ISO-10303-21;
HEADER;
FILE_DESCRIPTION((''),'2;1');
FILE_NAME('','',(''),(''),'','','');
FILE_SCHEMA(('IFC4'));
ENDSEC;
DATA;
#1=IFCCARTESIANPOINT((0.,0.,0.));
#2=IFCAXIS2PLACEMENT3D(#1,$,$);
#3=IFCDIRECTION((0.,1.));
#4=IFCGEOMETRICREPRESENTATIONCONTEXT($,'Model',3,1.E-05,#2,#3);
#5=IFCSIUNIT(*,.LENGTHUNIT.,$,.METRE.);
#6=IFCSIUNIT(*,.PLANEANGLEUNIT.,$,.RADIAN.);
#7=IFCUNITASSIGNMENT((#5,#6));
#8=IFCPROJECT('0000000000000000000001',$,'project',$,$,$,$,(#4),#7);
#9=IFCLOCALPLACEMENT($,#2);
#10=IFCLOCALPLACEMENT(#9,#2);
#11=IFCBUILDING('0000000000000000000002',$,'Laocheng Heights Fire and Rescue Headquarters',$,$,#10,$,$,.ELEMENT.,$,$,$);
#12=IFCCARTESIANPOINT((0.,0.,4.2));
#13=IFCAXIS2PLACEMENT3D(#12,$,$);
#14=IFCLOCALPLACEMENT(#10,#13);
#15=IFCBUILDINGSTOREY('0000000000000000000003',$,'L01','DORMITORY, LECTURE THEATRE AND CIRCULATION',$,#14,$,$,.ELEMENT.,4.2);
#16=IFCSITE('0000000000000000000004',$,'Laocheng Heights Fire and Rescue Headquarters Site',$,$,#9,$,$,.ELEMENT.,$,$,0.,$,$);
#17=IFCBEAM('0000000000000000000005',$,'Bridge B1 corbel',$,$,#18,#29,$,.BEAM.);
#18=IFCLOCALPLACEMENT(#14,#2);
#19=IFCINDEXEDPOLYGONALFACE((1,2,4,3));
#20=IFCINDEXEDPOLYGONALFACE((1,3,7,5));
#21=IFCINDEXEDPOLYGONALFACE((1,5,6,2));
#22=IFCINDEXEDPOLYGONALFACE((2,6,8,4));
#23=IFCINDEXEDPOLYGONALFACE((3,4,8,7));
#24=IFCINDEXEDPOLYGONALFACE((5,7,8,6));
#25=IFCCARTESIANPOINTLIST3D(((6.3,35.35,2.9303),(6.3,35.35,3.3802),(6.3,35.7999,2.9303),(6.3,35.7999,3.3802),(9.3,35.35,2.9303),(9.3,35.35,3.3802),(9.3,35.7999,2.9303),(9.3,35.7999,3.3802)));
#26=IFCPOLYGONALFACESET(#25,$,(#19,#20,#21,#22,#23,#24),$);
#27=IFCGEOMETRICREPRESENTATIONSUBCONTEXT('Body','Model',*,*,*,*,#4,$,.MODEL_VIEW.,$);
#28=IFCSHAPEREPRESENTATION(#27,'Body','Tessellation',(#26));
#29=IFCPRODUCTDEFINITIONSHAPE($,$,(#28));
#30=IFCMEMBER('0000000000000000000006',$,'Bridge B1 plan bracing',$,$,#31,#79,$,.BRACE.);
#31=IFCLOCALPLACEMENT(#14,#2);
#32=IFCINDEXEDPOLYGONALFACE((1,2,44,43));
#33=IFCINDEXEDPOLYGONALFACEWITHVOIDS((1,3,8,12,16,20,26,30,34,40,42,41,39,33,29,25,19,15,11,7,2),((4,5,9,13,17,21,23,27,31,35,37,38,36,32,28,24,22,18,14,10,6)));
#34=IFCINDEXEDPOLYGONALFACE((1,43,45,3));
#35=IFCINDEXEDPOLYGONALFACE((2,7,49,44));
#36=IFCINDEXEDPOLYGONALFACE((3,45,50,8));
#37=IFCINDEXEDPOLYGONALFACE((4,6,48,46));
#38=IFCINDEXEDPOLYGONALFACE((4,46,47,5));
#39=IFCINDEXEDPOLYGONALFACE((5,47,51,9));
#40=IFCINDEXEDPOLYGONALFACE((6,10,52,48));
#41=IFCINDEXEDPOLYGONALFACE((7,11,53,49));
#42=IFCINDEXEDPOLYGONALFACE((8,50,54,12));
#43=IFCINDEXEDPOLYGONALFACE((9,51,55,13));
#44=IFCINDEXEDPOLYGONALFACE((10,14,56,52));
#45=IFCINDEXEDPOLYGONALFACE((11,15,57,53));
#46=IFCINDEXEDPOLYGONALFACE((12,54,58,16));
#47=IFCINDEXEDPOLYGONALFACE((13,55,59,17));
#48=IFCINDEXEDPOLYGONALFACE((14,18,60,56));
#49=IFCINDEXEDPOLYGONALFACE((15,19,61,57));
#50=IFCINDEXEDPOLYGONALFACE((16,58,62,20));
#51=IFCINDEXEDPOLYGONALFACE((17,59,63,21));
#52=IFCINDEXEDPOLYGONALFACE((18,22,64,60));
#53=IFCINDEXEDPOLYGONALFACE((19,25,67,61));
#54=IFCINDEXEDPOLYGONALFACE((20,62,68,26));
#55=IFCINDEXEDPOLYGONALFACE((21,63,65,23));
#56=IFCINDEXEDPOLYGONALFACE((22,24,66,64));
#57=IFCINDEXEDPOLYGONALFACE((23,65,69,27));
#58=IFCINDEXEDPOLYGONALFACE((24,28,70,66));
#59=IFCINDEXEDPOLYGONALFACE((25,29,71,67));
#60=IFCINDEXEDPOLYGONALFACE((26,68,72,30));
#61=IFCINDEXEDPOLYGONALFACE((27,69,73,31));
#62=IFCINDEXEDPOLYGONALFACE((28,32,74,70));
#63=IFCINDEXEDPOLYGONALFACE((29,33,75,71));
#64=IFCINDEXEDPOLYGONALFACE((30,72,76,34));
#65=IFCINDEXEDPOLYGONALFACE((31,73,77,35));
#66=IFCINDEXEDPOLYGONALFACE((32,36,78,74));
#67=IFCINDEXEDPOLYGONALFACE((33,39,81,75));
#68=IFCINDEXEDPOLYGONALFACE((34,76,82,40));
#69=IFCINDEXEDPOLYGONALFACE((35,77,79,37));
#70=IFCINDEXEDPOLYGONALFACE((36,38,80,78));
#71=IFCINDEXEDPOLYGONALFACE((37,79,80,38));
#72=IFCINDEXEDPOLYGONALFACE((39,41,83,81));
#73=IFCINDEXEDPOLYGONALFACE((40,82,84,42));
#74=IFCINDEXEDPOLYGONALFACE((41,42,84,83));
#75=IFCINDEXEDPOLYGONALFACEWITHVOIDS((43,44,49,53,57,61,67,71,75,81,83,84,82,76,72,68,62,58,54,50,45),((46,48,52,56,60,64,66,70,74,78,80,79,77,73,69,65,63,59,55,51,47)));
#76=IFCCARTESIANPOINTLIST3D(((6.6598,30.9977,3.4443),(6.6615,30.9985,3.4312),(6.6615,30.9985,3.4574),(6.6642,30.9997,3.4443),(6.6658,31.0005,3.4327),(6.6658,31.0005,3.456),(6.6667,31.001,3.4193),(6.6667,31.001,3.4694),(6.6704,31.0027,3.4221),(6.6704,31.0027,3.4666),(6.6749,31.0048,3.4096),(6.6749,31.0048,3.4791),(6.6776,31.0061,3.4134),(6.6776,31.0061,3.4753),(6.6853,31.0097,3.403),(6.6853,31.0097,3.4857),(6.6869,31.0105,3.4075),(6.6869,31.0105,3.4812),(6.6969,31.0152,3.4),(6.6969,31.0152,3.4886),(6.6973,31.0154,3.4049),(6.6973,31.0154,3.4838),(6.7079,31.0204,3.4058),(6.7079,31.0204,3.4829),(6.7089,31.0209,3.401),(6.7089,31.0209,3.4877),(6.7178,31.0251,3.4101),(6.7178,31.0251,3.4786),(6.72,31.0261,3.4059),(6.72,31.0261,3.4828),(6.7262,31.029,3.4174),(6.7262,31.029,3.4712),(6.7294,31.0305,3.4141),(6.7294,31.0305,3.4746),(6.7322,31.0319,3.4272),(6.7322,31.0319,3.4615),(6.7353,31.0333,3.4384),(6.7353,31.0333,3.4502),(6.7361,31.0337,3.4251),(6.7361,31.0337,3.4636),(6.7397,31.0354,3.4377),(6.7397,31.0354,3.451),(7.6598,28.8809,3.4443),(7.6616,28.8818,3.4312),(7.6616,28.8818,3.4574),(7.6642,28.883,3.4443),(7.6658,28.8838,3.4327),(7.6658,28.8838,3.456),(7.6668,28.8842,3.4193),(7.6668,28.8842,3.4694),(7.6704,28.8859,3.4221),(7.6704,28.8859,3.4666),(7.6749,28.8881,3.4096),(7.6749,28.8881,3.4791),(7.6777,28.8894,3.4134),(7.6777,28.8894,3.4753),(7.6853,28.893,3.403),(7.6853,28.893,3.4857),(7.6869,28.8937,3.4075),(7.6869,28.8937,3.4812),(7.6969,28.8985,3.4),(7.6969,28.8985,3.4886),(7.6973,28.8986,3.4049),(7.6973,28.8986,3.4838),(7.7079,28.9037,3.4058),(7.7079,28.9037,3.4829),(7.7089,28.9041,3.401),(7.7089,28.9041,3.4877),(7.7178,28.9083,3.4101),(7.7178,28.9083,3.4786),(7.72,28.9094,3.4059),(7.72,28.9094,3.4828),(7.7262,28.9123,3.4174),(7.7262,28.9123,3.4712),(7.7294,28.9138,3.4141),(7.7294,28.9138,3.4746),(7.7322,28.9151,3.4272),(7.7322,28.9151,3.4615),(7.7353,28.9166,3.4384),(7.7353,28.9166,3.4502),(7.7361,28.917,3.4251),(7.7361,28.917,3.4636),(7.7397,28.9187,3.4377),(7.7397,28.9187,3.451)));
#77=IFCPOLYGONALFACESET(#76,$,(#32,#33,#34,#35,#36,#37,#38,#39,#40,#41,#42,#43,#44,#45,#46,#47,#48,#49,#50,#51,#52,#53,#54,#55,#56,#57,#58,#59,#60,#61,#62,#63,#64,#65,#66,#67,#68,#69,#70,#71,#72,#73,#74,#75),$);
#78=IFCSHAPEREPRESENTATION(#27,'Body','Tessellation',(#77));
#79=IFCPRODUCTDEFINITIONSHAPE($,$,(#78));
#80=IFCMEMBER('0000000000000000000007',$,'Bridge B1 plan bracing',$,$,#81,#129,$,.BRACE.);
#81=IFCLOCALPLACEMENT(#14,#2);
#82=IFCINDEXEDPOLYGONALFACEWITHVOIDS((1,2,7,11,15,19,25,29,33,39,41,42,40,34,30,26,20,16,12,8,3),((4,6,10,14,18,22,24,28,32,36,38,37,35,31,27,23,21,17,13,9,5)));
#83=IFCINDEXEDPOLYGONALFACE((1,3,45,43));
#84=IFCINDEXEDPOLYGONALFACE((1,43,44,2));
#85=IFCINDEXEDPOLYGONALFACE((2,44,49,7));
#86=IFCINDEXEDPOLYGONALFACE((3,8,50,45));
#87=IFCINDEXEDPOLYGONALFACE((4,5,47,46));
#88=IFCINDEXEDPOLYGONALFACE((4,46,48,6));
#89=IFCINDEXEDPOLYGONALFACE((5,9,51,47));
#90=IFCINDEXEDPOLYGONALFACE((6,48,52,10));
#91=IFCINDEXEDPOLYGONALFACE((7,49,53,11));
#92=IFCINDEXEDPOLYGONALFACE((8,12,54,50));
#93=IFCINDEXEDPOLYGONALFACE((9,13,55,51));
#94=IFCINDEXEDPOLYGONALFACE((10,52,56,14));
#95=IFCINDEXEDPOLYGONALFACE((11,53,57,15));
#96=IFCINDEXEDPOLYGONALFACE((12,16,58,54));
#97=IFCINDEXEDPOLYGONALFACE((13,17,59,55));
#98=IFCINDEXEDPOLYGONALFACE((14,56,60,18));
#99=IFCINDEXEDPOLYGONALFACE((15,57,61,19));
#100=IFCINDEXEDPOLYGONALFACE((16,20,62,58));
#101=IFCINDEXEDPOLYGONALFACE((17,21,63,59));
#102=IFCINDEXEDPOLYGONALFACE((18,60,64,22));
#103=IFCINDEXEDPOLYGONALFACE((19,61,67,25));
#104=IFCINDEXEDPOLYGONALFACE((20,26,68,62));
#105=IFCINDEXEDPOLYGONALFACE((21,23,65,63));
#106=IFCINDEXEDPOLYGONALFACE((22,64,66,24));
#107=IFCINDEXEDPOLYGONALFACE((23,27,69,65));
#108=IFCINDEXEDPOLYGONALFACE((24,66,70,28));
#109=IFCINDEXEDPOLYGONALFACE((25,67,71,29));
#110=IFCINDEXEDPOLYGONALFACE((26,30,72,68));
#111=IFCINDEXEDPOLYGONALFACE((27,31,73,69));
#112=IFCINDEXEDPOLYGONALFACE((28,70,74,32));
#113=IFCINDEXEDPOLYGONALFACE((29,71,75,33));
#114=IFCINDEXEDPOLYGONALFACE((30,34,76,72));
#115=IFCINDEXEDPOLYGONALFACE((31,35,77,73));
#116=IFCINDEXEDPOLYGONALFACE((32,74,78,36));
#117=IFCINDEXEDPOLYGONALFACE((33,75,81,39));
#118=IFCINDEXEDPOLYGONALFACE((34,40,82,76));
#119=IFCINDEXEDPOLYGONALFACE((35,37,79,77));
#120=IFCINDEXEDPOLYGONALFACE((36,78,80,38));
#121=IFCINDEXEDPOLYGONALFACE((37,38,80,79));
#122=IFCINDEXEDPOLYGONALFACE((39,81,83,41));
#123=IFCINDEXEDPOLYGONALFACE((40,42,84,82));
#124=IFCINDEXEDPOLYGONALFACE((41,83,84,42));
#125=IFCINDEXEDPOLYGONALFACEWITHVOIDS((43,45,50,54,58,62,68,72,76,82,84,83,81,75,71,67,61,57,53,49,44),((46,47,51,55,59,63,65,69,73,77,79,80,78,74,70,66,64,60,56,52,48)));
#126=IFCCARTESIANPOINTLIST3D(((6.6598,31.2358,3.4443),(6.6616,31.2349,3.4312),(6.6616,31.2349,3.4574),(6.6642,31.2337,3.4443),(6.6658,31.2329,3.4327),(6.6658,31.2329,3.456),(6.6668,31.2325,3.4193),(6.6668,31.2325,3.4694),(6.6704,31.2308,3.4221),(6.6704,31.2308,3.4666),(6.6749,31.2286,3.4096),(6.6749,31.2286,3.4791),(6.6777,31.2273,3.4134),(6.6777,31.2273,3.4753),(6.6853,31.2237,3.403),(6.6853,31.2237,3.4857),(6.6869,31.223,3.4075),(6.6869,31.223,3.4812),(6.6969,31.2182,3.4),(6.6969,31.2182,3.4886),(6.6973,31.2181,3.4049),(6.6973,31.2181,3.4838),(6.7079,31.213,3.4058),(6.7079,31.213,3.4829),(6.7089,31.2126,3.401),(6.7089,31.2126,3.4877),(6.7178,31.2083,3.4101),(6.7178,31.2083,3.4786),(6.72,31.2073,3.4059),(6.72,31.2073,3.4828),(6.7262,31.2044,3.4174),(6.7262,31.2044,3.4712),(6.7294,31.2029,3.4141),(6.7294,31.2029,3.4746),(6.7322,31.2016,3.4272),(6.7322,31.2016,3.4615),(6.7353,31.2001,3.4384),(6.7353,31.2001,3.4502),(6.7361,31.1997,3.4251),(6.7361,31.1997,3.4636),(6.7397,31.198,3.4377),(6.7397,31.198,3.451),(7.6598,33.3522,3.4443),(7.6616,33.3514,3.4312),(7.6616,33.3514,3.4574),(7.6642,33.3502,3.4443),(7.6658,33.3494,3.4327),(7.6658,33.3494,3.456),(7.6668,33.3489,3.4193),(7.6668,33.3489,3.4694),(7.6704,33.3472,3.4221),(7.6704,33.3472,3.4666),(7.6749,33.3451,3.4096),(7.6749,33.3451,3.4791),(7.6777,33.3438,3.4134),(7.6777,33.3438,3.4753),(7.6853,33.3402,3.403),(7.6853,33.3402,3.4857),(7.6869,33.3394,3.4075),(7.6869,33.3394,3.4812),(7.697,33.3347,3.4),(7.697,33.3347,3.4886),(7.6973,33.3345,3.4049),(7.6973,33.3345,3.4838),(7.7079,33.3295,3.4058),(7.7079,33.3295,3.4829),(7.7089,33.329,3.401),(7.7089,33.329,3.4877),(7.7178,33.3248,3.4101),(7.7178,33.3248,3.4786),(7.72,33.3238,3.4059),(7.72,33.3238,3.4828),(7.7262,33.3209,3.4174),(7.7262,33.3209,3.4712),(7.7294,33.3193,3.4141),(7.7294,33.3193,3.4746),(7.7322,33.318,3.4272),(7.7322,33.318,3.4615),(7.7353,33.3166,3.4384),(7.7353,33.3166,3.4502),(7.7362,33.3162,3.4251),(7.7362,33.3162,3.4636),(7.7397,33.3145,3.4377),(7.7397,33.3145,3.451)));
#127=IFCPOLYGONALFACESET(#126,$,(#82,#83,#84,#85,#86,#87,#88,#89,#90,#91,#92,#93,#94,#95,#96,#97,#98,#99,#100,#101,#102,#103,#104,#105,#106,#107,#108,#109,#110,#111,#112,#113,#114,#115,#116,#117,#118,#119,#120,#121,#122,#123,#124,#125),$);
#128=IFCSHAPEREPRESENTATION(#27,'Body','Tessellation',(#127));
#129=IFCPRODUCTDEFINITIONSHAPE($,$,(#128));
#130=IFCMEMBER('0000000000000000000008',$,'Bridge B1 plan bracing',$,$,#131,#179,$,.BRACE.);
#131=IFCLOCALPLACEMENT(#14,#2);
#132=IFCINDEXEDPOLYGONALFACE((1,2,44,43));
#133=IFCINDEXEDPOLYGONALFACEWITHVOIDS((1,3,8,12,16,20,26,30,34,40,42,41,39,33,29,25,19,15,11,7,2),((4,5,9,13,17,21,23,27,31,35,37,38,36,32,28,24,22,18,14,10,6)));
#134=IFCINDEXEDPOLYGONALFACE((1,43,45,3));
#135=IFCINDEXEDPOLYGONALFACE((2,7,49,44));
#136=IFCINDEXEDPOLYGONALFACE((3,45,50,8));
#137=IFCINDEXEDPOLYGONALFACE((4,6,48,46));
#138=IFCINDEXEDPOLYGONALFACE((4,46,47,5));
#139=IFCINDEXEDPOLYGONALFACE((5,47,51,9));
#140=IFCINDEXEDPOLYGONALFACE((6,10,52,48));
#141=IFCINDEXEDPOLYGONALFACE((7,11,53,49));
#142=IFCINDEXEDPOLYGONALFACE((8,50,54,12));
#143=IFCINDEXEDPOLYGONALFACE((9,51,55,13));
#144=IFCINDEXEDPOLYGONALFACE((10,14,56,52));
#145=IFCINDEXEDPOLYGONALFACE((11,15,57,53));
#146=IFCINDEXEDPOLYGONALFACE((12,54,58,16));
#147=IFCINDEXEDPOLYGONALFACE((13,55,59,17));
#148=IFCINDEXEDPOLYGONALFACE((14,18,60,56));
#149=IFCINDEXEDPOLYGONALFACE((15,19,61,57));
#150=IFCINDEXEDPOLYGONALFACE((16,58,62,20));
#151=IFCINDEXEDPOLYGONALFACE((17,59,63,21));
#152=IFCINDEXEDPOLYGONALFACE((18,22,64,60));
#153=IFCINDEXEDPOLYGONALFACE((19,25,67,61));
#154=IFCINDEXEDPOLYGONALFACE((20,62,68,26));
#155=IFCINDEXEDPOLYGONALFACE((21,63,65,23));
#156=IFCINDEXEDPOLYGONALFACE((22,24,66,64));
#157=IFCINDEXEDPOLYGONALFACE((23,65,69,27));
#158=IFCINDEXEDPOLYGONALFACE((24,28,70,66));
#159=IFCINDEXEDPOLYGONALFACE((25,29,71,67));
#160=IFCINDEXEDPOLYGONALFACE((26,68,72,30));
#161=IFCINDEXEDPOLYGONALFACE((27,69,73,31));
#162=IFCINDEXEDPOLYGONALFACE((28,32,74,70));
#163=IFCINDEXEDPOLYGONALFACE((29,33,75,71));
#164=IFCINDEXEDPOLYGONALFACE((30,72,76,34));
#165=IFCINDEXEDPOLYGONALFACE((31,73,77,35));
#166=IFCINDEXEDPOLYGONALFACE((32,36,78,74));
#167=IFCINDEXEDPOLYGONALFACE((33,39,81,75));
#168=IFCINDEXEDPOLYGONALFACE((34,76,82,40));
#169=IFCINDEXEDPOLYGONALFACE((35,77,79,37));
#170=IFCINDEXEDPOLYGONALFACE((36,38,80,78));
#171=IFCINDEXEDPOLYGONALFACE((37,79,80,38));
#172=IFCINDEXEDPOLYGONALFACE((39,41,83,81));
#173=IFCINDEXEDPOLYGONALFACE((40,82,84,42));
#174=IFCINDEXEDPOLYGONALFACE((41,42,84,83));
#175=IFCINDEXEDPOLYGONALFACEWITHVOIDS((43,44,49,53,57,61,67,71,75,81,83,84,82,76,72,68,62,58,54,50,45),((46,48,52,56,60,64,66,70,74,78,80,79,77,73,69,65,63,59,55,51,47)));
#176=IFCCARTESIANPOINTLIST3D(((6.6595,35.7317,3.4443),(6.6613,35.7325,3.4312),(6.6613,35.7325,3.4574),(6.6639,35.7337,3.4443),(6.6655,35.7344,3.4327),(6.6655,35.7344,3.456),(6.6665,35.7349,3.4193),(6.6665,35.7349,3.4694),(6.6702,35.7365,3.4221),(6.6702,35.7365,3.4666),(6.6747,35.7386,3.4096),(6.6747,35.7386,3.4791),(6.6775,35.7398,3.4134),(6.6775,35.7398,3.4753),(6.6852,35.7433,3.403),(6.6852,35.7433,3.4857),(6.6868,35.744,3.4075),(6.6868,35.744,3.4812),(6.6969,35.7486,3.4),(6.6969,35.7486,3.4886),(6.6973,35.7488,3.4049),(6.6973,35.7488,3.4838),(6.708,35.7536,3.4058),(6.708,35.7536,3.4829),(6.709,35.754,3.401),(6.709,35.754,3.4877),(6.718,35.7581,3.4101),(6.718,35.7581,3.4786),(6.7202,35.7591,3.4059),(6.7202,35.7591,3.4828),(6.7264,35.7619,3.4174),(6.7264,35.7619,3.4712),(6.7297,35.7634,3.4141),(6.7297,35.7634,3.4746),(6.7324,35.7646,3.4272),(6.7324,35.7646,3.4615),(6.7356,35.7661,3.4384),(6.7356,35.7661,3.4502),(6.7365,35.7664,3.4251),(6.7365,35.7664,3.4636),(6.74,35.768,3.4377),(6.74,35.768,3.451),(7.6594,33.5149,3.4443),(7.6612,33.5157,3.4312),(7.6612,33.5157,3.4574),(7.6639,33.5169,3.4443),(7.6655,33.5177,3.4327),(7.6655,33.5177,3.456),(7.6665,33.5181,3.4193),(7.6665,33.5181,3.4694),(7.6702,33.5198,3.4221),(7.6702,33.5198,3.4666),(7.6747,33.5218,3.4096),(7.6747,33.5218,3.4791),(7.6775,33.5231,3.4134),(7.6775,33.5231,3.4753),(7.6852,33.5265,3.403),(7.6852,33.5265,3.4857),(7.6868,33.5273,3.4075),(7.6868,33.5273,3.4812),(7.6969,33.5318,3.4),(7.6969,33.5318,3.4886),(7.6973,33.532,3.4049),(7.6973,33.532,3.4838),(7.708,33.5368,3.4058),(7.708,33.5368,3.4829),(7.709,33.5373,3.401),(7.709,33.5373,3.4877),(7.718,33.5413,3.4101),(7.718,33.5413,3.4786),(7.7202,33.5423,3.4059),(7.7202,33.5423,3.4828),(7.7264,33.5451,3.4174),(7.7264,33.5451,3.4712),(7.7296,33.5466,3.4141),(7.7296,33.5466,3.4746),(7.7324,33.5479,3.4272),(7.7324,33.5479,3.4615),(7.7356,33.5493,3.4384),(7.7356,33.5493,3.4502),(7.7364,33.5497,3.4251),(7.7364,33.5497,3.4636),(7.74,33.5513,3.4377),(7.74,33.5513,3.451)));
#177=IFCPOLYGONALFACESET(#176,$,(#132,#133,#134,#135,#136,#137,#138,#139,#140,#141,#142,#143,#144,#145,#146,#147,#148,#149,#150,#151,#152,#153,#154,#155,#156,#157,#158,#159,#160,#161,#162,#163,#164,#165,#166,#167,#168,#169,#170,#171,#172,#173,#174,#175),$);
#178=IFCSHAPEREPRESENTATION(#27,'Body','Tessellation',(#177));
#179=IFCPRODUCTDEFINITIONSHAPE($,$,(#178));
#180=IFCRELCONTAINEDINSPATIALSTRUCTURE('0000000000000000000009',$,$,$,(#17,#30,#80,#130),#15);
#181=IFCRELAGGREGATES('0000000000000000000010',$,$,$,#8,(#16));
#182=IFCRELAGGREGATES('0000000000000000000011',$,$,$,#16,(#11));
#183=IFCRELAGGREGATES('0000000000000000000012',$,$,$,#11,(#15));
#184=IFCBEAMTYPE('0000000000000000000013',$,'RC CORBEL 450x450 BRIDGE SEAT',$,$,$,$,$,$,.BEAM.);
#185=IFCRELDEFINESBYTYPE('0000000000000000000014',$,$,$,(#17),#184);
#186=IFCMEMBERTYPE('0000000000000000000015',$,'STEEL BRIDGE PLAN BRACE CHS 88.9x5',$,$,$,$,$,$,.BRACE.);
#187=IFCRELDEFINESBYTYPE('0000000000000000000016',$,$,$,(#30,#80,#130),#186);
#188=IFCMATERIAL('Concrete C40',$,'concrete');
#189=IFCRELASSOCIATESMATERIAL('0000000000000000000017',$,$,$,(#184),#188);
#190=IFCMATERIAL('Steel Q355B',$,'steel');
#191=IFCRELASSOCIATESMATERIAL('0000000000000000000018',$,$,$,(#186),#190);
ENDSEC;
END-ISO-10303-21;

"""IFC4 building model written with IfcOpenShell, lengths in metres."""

from ifc_helpers import new_model, si_unit, direction, frame, origin, origin_2d, place, context, subcontext, project, spatial, rectangle, hollow_circle, extrude, material, material_profile, profile_set, type_object, element, save


model = new_model("IFC4")

# Units and contexts
model_context = context("Model", 3, precision=1e-05, world=origin(), true_north=direction((0.0, 1.0)))
body_context = subcontext(model_context, "Body", "Model", "MODEL_VIEW")
ifc_project = project(units=[si_unit("LENGTHUNIT", "METRE"), si_unit("PLANEANGLEUNIT", "RADIAN")], contexts=[model_context])

# Site, building, storey
site_placement = place(None, origin())
site = spatial("IfcSite", under=ifc_project, at=site_placement, Name="Laocheng Heights Fire and Rescue Headquarters Site", CompositionType="ELEMENT", RefElevation=0.0)
building_placement = place(site_placement, origin())
building = spatial("IfcBuilding", under=site, at=building_placement, Name="Laocheng Heights Fire and Rescue Headquarters", CompositionType="ELEMENT")
storey_placement = place(building_placement, frame((0.0, 0.0, 4.2)))
storey = spatial("IfcBuildingStorey", under=building, at=storey_placement, Name="L01", Description="DORMITORY, LECTURE THEATRE AND CIRCULATION", CompositionType="ELEMENT", Elevation=4.2)

# Beam
ifc_material_1 = material(Name="Concrete C40", Category="concrete")
ifc_material_profile_1 = material_profile(ifc_material_1, rectangle(XDim=0.45, YDim=0.45, at=origin_2d()), Name="RC CORBEL 450x450 BRIDGE SEAT")
ifc_profile_set_1 = profile_set([ifc_material_profile_1], Name="Concrete C40")
beam_type_1 = type_object("IfcBeamType", Name="RC CORBEL 450x450 BRIDGE SEAT", PredefinedType="BEAM", material=ifc_profile_set_1)
beam_placement = place(storey_placement, frame((6.3, 35.575, 3.1553), z_axis=(1.0, 0.0, 0.0), x_axis=(0.0, 1.0, 0.0)))
element("IfcBeam", 1, at=beam_placement, inside=storey, type_object=beam_type_1, Name="Bridge B1 corbel", PredefinedType="BEAM", context=body_context, shape_type="SweptSolid", body=[
    extrude(rectangle(XDim=0.45, YDim=0.45, at=origin_2d()), origin(), (0.0, 0.0, 1.0), 3.0),
])

# Members
ifc_material_2 = material(Name="Steel Q355B", Category="steel")
ifc_material_profile_2 = material_profile(ifc_material_2, hollow_circle(Radius=0.0444, WallThickness=0.0049, at=origin_2d()), Name="CHS 88.9x5")
ifc_profile_set_2 = profile_set([ifc_material_profile_2], Name="Steel Q355B")
member_type = type_object("IfcMemberType", Name="STEEL BRIDGE PLAN BRACE CHS 88.9x5", PredefinedType="BRACE", material=ifc_profile_set_2)
member_1_placement = place(storey_placement, frame((7.7, 28.8999, 3.4443), z_axis=(-0.427163, 0.904175, 0.0), x_axis=(-0.904175, -0.427163, 0.0)))
element("IfcMember", 2, at=member_1_placement, inside=storey, type_object=member_type, Name="Bridge B1 plan bracing", PredefinedType="BRACE", context=body_context, shape_type="SweptSolid", body=[
    extrude(hollow_circle(Radius=0.0444, WallThickness=0.0049, at=origin_2d()), origin(), (0.0, 0.0, 1.0), 2.3411),
])
member_2_placement = place(storey_placement, frame((6.7, 31.2168, 3.4443), z_axis=(0.427203, 0.904156, 0.0), x_axis=(-0.904156, 0.427203, 0.0)))
element("IfcMember", 3, at=member_2_placement, inside=storey, type_object=member_type, Name="Bridge B1 plan bracing", PredefinedType="BRACE", context=body_context, shape_type="SweptSolid", body=[
    extrude(hollow_circle(Radius=0.0444, WallThickness=0.0049, at=origin_2d()), origin(), (0.0, 0.0, 1.0), 2.3408),
])
member_3_placement = place(storey_placement, frame((7.7, 33.5332, 3.4443), z_axis=(-0.411199, 0.911545, 0.0), x_axis=(-0.911545, -0.411199, 0.0)))
element("IfcMember", 4, at=member_3_placement, inside=storey, type_object=member_type, Name="Bridge B1 plan bracing", PredefinedType="BRACE", context=body_context, shape_type="SweptSolid", body=[
    extrude(hollow_circle(Radius=0.0444, WallThickness=0.0049, at=origin_2d()), origin(), (0.0, 0.0, 1.0), 2.4319),
])

save(model, "model.ifc")
